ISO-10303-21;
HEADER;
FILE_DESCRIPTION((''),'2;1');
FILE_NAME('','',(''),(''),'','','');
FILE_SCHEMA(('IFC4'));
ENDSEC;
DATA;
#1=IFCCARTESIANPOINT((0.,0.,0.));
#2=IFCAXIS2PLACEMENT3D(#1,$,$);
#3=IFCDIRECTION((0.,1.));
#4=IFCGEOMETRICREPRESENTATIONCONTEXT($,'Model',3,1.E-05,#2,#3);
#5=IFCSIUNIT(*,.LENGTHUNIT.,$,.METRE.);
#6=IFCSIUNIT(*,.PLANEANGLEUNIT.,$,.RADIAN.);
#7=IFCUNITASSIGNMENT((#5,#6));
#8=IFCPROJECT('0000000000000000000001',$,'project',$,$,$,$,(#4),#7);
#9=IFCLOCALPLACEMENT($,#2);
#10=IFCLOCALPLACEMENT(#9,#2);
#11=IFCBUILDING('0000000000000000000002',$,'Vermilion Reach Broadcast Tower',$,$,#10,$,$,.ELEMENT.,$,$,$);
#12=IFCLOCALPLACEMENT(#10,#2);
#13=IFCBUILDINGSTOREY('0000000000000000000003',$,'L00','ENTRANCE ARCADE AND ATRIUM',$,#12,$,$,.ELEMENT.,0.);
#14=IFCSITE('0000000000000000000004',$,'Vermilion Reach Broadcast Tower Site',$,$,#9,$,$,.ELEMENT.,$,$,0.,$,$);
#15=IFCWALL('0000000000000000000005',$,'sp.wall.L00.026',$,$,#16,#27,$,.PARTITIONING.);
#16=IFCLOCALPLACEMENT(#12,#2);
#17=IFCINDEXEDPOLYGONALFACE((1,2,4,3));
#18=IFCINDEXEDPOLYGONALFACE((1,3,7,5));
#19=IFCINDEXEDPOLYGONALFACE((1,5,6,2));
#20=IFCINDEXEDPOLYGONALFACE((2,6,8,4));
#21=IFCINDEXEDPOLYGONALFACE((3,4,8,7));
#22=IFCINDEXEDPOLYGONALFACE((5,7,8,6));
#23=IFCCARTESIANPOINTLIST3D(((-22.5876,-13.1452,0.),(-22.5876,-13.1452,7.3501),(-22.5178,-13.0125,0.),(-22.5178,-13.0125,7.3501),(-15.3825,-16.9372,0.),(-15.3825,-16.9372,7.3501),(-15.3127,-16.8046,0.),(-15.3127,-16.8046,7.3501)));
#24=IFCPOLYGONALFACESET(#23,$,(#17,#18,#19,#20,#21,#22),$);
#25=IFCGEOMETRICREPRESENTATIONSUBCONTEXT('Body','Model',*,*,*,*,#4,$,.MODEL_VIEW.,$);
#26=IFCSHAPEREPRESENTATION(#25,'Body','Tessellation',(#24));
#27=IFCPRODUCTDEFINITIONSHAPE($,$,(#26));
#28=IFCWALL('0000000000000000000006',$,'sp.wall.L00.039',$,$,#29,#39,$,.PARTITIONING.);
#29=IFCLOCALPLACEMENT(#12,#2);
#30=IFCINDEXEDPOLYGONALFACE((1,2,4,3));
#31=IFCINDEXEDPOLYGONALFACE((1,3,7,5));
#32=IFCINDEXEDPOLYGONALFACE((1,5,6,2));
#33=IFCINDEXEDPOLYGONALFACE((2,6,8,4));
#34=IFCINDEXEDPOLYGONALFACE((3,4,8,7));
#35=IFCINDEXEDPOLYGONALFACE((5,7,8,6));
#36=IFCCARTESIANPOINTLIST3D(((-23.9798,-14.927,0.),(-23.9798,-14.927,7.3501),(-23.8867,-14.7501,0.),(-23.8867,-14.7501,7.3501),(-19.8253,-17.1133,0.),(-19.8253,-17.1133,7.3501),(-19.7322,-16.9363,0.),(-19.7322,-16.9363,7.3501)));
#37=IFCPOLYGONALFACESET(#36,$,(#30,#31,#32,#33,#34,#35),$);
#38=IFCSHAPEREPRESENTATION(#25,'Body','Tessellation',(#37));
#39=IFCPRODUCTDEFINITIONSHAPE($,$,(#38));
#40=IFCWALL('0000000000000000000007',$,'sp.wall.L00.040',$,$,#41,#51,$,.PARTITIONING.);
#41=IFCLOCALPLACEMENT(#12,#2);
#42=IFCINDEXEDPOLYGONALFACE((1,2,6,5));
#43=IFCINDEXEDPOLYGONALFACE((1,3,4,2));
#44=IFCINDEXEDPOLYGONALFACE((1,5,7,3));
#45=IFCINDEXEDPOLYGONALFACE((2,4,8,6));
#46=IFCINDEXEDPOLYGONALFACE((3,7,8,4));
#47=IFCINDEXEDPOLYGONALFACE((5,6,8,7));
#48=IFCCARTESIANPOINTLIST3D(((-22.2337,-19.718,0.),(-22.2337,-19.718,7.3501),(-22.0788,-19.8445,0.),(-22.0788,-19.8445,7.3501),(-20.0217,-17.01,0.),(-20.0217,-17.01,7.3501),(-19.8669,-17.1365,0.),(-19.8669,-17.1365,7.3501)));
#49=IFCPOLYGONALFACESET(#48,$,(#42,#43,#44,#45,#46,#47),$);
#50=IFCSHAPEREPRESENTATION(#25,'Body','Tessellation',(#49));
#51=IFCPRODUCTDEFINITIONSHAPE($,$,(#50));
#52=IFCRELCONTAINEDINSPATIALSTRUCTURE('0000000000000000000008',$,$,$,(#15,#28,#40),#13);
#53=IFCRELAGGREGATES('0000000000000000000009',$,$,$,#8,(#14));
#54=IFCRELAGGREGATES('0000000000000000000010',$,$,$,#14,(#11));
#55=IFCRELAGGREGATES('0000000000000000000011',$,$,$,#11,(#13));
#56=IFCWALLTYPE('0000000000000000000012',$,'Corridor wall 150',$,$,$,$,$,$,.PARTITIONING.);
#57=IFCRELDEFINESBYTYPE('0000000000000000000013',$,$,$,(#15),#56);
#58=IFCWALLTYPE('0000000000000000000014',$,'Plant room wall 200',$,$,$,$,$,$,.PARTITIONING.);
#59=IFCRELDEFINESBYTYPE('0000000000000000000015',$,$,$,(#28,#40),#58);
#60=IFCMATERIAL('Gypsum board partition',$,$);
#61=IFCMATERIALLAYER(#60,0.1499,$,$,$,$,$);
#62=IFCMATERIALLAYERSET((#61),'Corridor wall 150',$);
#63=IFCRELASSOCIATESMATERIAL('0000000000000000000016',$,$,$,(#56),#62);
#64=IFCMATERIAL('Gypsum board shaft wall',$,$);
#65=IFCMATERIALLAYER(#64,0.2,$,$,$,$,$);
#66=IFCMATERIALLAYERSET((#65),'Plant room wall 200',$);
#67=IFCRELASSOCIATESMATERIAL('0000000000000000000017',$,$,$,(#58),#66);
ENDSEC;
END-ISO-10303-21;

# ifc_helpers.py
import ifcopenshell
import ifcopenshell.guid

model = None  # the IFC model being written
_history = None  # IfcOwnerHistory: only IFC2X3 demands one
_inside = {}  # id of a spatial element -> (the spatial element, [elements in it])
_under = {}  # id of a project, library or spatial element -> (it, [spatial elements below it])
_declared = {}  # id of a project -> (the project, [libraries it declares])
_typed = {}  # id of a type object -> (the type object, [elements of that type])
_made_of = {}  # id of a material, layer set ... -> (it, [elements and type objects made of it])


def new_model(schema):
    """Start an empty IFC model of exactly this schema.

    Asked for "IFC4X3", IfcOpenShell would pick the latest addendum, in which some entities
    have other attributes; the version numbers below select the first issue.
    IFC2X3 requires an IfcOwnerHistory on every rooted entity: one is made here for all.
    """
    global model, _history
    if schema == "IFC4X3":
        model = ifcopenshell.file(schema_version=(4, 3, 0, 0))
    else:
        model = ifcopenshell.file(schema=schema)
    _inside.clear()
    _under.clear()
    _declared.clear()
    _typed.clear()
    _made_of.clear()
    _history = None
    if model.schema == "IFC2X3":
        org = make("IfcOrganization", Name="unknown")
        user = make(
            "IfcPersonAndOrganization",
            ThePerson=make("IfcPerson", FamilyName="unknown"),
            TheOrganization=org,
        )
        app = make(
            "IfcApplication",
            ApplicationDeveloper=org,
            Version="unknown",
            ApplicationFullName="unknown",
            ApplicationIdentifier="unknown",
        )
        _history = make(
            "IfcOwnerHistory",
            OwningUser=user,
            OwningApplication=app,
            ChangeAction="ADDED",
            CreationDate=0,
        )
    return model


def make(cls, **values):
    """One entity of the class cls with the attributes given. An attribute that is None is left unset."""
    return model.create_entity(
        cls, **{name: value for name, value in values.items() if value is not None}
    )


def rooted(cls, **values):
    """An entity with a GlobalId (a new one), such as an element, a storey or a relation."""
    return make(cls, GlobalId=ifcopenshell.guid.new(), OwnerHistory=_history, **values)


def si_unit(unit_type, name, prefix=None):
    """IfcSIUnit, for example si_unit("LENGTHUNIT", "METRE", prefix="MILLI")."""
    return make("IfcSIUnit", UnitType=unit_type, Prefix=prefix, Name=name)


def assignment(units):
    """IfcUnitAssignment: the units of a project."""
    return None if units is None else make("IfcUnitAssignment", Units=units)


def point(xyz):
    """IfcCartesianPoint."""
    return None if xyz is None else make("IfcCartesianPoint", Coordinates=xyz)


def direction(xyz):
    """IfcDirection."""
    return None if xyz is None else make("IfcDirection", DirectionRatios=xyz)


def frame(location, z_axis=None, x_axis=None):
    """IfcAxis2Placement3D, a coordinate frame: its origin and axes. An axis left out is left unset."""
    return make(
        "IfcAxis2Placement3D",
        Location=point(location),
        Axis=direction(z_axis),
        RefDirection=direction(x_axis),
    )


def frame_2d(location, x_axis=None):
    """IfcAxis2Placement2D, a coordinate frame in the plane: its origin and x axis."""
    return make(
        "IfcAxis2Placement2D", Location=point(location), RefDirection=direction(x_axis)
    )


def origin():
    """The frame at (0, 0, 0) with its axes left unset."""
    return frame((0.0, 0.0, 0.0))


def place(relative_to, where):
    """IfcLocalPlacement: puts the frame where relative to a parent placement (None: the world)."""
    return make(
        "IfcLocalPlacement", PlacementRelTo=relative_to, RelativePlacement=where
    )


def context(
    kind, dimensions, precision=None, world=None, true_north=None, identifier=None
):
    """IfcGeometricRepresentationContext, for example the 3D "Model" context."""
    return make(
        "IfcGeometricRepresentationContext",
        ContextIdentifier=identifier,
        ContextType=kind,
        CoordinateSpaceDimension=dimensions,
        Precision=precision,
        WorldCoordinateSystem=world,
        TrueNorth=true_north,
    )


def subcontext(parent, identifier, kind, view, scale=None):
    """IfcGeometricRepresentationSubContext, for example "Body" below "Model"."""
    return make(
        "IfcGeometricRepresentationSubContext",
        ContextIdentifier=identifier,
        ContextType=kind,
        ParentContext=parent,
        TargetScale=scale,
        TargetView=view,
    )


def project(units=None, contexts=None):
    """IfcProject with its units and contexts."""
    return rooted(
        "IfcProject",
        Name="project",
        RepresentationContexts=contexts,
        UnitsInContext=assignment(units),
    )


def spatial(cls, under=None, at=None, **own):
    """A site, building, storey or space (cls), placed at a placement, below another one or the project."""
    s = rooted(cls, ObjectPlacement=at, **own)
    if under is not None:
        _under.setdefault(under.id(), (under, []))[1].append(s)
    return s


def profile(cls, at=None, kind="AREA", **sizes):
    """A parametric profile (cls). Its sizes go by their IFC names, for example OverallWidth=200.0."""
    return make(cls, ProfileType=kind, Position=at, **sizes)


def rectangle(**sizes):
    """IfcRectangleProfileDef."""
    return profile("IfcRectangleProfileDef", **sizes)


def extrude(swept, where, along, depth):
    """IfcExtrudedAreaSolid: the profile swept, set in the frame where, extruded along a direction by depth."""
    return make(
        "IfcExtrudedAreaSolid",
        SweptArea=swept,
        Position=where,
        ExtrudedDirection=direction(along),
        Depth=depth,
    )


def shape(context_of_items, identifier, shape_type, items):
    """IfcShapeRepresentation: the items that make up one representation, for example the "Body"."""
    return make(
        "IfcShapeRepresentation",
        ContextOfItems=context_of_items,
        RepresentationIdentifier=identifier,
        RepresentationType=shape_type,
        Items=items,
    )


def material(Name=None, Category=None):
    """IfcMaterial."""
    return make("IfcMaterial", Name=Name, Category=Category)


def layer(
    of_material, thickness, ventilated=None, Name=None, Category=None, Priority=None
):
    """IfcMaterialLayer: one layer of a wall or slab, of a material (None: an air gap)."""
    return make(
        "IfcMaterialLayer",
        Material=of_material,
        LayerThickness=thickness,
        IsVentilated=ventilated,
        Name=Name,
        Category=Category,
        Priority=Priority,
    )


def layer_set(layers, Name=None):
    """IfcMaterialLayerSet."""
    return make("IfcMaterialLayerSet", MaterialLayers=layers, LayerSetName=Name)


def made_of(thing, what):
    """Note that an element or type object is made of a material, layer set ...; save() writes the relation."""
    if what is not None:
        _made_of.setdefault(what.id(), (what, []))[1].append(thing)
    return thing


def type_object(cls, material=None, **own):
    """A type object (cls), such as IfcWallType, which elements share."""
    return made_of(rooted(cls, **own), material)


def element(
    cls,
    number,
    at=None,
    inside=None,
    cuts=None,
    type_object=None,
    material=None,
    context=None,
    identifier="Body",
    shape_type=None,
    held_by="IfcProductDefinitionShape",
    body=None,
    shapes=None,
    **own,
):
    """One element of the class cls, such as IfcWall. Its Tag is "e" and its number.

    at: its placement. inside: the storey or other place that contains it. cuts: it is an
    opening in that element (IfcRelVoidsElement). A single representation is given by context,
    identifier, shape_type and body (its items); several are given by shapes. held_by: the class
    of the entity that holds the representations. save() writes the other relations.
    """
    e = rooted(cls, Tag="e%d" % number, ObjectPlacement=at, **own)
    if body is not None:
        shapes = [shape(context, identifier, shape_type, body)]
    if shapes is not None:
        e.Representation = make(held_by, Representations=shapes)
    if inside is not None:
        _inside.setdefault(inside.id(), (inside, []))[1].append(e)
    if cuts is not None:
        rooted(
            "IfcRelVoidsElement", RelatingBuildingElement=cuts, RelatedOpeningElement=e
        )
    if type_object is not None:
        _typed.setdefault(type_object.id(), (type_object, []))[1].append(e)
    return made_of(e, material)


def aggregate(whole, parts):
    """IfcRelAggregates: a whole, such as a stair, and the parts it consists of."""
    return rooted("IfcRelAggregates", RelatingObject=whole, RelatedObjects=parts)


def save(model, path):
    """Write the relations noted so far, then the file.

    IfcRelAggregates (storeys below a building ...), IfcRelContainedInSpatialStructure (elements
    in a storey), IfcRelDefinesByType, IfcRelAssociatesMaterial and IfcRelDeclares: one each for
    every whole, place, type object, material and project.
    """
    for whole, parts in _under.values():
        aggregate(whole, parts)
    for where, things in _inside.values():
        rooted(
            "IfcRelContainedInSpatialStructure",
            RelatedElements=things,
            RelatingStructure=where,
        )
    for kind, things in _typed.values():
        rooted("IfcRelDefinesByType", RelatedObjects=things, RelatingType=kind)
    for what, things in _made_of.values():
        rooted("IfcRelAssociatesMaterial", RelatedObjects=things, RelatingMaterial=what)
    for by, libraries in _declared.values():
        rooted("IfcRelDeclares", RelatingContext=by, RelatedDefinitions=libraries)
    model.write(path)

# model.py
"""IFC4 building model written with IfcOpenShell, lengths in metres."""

from ifc_helpers import new_model, si_unit, direction, frame, frame_2d, origin, place, context, subcontext, project, spatial, rectangle, extrude, material, layer, layer_set, type_object, element, save


model = new_model("IFC4")

# Units and contexts
model_context = context("Model", 3, precision=1e-05, world=origin(), true_north=direction((0.0, 1.0)))
body_context = subcontext(model_context, "Body", "Model", "MODEL_VIEW")
ifc_project = project(units=[si_unit("LENGTHUNIT", "METRE"), si_unit("PLANEANGLEUNIT", "RADIAN")], contexts=[model_context])

# Site, building, storey
site_placement = place(None, origin())
site = spatial("IfcSite", under=ifc_project, at=site_placement, Name="Vermilion Reach Broadcast Tower Site", CompositionType="ELEMENT", RefElevation=0.0)
building_placement = place(site_placement, origin())
building = spatial("IfcBuilding", under=site, at=building_placement, Name="Vermilion Reach Broadcast Tower", CompositionType="ELEMENT")
storey_placement = place(building_placement, origin())
storey = spatial("IfcBuildingStorey", under=building, at=storey_placement, Name="L00", Description="ENTRANCE ARCADE AND ATRIUM", CompositionType="ELEMENT", Elevation=0.0)

# Wall
ifc_material_1 = material(Name="Gypsum board partition")
ifc_layer_1 = layer(ifc_material_1, 0.1499)
ifc_layer_set_1 = layer_set([ifc_layer_1], Name="Corridor wall 150")
wall_type_1 = type_object("IfcWallType", Name="Corridor wall 150", PredefinedType="PARTITIONING", material=ifc_layer_set_1)
wall_1_placement = place(storey_placement, frame((-22.5527, -13.0789, 0.0), z_axis=(0.0, 0.0, 1.0), x_axis=(0.884926, -0.465732, 0.0)))
element("IfcWall", 1, at=wall_1_placement, inside=storey, type_object=wall_type_1, Name="sp.wall.L00.026", PredefinedType="PARTITIONING", context=body_context, shape_type="SweptSolid", body=[
    extrude(rectangle(XDim=8.1421, YDim=0.1499, at=frame_2d((4.071, 0.0))), origin(), (0.0, 0.0, 1.0), 7.3501),
])

# Walls
ifc_material_2 = material(Name="Gypsum board shaft wall")
ifc_layer_2 = layer(ifc_material_2, 0.2)
ifc_layer_set_2 = layer_set([ifc_layer_2], Name="Plant room wall 200")
wall_type_2 = type_object("IfcWallType", Name="Plant room wall 200", PredefinedType="PARTITIONING", material=ifc_layer_set_2)
wall_2_placement = place(storey_placement, frame((-23.9331, -14.8386, 0.0), z_axis=(0.0, 0.0, 1.0), x_axis=(0.884946, -0.465693, 0.0)))
element("IfcWall", 2, at=wall_2_placement, inside=storey, type_object=wall_type_2, Name="sp.wall.L00.039", PredefinedType="PARTITIONING", context=body_context, shape_type="SweptSolid", body=[
    extrude(rectangle(XDim=4.6946, YDim=0.2, at=frame_2d((2.3472, 0.0))), origin(), (0.0, 0.0, 1.0), 7.3501),
])
wall_3_placement = place(storey_placement, frame((-22.1562, -19.7812, 0.0), z_axis=(0.0, 0.0, 1.0), x_axis=(0.632599, 0.77448, 0.0)))
element("IfcWall", 3, at=wall_3_placement, inside=storey, type_object=wall_type_2, Name="sp.wall.L00.040", PredefinedType="PARTITIONING", context=body_context, shape_type="SweptSolid", body=[
    extrude(rectangle(XDim=3.4966, YDim=0.2, at=frame_2d((1.7483, 0.0))), origin(), (0.0, 0.0, 1.0), 7.3501),
])

save(model, "model.ifc")
